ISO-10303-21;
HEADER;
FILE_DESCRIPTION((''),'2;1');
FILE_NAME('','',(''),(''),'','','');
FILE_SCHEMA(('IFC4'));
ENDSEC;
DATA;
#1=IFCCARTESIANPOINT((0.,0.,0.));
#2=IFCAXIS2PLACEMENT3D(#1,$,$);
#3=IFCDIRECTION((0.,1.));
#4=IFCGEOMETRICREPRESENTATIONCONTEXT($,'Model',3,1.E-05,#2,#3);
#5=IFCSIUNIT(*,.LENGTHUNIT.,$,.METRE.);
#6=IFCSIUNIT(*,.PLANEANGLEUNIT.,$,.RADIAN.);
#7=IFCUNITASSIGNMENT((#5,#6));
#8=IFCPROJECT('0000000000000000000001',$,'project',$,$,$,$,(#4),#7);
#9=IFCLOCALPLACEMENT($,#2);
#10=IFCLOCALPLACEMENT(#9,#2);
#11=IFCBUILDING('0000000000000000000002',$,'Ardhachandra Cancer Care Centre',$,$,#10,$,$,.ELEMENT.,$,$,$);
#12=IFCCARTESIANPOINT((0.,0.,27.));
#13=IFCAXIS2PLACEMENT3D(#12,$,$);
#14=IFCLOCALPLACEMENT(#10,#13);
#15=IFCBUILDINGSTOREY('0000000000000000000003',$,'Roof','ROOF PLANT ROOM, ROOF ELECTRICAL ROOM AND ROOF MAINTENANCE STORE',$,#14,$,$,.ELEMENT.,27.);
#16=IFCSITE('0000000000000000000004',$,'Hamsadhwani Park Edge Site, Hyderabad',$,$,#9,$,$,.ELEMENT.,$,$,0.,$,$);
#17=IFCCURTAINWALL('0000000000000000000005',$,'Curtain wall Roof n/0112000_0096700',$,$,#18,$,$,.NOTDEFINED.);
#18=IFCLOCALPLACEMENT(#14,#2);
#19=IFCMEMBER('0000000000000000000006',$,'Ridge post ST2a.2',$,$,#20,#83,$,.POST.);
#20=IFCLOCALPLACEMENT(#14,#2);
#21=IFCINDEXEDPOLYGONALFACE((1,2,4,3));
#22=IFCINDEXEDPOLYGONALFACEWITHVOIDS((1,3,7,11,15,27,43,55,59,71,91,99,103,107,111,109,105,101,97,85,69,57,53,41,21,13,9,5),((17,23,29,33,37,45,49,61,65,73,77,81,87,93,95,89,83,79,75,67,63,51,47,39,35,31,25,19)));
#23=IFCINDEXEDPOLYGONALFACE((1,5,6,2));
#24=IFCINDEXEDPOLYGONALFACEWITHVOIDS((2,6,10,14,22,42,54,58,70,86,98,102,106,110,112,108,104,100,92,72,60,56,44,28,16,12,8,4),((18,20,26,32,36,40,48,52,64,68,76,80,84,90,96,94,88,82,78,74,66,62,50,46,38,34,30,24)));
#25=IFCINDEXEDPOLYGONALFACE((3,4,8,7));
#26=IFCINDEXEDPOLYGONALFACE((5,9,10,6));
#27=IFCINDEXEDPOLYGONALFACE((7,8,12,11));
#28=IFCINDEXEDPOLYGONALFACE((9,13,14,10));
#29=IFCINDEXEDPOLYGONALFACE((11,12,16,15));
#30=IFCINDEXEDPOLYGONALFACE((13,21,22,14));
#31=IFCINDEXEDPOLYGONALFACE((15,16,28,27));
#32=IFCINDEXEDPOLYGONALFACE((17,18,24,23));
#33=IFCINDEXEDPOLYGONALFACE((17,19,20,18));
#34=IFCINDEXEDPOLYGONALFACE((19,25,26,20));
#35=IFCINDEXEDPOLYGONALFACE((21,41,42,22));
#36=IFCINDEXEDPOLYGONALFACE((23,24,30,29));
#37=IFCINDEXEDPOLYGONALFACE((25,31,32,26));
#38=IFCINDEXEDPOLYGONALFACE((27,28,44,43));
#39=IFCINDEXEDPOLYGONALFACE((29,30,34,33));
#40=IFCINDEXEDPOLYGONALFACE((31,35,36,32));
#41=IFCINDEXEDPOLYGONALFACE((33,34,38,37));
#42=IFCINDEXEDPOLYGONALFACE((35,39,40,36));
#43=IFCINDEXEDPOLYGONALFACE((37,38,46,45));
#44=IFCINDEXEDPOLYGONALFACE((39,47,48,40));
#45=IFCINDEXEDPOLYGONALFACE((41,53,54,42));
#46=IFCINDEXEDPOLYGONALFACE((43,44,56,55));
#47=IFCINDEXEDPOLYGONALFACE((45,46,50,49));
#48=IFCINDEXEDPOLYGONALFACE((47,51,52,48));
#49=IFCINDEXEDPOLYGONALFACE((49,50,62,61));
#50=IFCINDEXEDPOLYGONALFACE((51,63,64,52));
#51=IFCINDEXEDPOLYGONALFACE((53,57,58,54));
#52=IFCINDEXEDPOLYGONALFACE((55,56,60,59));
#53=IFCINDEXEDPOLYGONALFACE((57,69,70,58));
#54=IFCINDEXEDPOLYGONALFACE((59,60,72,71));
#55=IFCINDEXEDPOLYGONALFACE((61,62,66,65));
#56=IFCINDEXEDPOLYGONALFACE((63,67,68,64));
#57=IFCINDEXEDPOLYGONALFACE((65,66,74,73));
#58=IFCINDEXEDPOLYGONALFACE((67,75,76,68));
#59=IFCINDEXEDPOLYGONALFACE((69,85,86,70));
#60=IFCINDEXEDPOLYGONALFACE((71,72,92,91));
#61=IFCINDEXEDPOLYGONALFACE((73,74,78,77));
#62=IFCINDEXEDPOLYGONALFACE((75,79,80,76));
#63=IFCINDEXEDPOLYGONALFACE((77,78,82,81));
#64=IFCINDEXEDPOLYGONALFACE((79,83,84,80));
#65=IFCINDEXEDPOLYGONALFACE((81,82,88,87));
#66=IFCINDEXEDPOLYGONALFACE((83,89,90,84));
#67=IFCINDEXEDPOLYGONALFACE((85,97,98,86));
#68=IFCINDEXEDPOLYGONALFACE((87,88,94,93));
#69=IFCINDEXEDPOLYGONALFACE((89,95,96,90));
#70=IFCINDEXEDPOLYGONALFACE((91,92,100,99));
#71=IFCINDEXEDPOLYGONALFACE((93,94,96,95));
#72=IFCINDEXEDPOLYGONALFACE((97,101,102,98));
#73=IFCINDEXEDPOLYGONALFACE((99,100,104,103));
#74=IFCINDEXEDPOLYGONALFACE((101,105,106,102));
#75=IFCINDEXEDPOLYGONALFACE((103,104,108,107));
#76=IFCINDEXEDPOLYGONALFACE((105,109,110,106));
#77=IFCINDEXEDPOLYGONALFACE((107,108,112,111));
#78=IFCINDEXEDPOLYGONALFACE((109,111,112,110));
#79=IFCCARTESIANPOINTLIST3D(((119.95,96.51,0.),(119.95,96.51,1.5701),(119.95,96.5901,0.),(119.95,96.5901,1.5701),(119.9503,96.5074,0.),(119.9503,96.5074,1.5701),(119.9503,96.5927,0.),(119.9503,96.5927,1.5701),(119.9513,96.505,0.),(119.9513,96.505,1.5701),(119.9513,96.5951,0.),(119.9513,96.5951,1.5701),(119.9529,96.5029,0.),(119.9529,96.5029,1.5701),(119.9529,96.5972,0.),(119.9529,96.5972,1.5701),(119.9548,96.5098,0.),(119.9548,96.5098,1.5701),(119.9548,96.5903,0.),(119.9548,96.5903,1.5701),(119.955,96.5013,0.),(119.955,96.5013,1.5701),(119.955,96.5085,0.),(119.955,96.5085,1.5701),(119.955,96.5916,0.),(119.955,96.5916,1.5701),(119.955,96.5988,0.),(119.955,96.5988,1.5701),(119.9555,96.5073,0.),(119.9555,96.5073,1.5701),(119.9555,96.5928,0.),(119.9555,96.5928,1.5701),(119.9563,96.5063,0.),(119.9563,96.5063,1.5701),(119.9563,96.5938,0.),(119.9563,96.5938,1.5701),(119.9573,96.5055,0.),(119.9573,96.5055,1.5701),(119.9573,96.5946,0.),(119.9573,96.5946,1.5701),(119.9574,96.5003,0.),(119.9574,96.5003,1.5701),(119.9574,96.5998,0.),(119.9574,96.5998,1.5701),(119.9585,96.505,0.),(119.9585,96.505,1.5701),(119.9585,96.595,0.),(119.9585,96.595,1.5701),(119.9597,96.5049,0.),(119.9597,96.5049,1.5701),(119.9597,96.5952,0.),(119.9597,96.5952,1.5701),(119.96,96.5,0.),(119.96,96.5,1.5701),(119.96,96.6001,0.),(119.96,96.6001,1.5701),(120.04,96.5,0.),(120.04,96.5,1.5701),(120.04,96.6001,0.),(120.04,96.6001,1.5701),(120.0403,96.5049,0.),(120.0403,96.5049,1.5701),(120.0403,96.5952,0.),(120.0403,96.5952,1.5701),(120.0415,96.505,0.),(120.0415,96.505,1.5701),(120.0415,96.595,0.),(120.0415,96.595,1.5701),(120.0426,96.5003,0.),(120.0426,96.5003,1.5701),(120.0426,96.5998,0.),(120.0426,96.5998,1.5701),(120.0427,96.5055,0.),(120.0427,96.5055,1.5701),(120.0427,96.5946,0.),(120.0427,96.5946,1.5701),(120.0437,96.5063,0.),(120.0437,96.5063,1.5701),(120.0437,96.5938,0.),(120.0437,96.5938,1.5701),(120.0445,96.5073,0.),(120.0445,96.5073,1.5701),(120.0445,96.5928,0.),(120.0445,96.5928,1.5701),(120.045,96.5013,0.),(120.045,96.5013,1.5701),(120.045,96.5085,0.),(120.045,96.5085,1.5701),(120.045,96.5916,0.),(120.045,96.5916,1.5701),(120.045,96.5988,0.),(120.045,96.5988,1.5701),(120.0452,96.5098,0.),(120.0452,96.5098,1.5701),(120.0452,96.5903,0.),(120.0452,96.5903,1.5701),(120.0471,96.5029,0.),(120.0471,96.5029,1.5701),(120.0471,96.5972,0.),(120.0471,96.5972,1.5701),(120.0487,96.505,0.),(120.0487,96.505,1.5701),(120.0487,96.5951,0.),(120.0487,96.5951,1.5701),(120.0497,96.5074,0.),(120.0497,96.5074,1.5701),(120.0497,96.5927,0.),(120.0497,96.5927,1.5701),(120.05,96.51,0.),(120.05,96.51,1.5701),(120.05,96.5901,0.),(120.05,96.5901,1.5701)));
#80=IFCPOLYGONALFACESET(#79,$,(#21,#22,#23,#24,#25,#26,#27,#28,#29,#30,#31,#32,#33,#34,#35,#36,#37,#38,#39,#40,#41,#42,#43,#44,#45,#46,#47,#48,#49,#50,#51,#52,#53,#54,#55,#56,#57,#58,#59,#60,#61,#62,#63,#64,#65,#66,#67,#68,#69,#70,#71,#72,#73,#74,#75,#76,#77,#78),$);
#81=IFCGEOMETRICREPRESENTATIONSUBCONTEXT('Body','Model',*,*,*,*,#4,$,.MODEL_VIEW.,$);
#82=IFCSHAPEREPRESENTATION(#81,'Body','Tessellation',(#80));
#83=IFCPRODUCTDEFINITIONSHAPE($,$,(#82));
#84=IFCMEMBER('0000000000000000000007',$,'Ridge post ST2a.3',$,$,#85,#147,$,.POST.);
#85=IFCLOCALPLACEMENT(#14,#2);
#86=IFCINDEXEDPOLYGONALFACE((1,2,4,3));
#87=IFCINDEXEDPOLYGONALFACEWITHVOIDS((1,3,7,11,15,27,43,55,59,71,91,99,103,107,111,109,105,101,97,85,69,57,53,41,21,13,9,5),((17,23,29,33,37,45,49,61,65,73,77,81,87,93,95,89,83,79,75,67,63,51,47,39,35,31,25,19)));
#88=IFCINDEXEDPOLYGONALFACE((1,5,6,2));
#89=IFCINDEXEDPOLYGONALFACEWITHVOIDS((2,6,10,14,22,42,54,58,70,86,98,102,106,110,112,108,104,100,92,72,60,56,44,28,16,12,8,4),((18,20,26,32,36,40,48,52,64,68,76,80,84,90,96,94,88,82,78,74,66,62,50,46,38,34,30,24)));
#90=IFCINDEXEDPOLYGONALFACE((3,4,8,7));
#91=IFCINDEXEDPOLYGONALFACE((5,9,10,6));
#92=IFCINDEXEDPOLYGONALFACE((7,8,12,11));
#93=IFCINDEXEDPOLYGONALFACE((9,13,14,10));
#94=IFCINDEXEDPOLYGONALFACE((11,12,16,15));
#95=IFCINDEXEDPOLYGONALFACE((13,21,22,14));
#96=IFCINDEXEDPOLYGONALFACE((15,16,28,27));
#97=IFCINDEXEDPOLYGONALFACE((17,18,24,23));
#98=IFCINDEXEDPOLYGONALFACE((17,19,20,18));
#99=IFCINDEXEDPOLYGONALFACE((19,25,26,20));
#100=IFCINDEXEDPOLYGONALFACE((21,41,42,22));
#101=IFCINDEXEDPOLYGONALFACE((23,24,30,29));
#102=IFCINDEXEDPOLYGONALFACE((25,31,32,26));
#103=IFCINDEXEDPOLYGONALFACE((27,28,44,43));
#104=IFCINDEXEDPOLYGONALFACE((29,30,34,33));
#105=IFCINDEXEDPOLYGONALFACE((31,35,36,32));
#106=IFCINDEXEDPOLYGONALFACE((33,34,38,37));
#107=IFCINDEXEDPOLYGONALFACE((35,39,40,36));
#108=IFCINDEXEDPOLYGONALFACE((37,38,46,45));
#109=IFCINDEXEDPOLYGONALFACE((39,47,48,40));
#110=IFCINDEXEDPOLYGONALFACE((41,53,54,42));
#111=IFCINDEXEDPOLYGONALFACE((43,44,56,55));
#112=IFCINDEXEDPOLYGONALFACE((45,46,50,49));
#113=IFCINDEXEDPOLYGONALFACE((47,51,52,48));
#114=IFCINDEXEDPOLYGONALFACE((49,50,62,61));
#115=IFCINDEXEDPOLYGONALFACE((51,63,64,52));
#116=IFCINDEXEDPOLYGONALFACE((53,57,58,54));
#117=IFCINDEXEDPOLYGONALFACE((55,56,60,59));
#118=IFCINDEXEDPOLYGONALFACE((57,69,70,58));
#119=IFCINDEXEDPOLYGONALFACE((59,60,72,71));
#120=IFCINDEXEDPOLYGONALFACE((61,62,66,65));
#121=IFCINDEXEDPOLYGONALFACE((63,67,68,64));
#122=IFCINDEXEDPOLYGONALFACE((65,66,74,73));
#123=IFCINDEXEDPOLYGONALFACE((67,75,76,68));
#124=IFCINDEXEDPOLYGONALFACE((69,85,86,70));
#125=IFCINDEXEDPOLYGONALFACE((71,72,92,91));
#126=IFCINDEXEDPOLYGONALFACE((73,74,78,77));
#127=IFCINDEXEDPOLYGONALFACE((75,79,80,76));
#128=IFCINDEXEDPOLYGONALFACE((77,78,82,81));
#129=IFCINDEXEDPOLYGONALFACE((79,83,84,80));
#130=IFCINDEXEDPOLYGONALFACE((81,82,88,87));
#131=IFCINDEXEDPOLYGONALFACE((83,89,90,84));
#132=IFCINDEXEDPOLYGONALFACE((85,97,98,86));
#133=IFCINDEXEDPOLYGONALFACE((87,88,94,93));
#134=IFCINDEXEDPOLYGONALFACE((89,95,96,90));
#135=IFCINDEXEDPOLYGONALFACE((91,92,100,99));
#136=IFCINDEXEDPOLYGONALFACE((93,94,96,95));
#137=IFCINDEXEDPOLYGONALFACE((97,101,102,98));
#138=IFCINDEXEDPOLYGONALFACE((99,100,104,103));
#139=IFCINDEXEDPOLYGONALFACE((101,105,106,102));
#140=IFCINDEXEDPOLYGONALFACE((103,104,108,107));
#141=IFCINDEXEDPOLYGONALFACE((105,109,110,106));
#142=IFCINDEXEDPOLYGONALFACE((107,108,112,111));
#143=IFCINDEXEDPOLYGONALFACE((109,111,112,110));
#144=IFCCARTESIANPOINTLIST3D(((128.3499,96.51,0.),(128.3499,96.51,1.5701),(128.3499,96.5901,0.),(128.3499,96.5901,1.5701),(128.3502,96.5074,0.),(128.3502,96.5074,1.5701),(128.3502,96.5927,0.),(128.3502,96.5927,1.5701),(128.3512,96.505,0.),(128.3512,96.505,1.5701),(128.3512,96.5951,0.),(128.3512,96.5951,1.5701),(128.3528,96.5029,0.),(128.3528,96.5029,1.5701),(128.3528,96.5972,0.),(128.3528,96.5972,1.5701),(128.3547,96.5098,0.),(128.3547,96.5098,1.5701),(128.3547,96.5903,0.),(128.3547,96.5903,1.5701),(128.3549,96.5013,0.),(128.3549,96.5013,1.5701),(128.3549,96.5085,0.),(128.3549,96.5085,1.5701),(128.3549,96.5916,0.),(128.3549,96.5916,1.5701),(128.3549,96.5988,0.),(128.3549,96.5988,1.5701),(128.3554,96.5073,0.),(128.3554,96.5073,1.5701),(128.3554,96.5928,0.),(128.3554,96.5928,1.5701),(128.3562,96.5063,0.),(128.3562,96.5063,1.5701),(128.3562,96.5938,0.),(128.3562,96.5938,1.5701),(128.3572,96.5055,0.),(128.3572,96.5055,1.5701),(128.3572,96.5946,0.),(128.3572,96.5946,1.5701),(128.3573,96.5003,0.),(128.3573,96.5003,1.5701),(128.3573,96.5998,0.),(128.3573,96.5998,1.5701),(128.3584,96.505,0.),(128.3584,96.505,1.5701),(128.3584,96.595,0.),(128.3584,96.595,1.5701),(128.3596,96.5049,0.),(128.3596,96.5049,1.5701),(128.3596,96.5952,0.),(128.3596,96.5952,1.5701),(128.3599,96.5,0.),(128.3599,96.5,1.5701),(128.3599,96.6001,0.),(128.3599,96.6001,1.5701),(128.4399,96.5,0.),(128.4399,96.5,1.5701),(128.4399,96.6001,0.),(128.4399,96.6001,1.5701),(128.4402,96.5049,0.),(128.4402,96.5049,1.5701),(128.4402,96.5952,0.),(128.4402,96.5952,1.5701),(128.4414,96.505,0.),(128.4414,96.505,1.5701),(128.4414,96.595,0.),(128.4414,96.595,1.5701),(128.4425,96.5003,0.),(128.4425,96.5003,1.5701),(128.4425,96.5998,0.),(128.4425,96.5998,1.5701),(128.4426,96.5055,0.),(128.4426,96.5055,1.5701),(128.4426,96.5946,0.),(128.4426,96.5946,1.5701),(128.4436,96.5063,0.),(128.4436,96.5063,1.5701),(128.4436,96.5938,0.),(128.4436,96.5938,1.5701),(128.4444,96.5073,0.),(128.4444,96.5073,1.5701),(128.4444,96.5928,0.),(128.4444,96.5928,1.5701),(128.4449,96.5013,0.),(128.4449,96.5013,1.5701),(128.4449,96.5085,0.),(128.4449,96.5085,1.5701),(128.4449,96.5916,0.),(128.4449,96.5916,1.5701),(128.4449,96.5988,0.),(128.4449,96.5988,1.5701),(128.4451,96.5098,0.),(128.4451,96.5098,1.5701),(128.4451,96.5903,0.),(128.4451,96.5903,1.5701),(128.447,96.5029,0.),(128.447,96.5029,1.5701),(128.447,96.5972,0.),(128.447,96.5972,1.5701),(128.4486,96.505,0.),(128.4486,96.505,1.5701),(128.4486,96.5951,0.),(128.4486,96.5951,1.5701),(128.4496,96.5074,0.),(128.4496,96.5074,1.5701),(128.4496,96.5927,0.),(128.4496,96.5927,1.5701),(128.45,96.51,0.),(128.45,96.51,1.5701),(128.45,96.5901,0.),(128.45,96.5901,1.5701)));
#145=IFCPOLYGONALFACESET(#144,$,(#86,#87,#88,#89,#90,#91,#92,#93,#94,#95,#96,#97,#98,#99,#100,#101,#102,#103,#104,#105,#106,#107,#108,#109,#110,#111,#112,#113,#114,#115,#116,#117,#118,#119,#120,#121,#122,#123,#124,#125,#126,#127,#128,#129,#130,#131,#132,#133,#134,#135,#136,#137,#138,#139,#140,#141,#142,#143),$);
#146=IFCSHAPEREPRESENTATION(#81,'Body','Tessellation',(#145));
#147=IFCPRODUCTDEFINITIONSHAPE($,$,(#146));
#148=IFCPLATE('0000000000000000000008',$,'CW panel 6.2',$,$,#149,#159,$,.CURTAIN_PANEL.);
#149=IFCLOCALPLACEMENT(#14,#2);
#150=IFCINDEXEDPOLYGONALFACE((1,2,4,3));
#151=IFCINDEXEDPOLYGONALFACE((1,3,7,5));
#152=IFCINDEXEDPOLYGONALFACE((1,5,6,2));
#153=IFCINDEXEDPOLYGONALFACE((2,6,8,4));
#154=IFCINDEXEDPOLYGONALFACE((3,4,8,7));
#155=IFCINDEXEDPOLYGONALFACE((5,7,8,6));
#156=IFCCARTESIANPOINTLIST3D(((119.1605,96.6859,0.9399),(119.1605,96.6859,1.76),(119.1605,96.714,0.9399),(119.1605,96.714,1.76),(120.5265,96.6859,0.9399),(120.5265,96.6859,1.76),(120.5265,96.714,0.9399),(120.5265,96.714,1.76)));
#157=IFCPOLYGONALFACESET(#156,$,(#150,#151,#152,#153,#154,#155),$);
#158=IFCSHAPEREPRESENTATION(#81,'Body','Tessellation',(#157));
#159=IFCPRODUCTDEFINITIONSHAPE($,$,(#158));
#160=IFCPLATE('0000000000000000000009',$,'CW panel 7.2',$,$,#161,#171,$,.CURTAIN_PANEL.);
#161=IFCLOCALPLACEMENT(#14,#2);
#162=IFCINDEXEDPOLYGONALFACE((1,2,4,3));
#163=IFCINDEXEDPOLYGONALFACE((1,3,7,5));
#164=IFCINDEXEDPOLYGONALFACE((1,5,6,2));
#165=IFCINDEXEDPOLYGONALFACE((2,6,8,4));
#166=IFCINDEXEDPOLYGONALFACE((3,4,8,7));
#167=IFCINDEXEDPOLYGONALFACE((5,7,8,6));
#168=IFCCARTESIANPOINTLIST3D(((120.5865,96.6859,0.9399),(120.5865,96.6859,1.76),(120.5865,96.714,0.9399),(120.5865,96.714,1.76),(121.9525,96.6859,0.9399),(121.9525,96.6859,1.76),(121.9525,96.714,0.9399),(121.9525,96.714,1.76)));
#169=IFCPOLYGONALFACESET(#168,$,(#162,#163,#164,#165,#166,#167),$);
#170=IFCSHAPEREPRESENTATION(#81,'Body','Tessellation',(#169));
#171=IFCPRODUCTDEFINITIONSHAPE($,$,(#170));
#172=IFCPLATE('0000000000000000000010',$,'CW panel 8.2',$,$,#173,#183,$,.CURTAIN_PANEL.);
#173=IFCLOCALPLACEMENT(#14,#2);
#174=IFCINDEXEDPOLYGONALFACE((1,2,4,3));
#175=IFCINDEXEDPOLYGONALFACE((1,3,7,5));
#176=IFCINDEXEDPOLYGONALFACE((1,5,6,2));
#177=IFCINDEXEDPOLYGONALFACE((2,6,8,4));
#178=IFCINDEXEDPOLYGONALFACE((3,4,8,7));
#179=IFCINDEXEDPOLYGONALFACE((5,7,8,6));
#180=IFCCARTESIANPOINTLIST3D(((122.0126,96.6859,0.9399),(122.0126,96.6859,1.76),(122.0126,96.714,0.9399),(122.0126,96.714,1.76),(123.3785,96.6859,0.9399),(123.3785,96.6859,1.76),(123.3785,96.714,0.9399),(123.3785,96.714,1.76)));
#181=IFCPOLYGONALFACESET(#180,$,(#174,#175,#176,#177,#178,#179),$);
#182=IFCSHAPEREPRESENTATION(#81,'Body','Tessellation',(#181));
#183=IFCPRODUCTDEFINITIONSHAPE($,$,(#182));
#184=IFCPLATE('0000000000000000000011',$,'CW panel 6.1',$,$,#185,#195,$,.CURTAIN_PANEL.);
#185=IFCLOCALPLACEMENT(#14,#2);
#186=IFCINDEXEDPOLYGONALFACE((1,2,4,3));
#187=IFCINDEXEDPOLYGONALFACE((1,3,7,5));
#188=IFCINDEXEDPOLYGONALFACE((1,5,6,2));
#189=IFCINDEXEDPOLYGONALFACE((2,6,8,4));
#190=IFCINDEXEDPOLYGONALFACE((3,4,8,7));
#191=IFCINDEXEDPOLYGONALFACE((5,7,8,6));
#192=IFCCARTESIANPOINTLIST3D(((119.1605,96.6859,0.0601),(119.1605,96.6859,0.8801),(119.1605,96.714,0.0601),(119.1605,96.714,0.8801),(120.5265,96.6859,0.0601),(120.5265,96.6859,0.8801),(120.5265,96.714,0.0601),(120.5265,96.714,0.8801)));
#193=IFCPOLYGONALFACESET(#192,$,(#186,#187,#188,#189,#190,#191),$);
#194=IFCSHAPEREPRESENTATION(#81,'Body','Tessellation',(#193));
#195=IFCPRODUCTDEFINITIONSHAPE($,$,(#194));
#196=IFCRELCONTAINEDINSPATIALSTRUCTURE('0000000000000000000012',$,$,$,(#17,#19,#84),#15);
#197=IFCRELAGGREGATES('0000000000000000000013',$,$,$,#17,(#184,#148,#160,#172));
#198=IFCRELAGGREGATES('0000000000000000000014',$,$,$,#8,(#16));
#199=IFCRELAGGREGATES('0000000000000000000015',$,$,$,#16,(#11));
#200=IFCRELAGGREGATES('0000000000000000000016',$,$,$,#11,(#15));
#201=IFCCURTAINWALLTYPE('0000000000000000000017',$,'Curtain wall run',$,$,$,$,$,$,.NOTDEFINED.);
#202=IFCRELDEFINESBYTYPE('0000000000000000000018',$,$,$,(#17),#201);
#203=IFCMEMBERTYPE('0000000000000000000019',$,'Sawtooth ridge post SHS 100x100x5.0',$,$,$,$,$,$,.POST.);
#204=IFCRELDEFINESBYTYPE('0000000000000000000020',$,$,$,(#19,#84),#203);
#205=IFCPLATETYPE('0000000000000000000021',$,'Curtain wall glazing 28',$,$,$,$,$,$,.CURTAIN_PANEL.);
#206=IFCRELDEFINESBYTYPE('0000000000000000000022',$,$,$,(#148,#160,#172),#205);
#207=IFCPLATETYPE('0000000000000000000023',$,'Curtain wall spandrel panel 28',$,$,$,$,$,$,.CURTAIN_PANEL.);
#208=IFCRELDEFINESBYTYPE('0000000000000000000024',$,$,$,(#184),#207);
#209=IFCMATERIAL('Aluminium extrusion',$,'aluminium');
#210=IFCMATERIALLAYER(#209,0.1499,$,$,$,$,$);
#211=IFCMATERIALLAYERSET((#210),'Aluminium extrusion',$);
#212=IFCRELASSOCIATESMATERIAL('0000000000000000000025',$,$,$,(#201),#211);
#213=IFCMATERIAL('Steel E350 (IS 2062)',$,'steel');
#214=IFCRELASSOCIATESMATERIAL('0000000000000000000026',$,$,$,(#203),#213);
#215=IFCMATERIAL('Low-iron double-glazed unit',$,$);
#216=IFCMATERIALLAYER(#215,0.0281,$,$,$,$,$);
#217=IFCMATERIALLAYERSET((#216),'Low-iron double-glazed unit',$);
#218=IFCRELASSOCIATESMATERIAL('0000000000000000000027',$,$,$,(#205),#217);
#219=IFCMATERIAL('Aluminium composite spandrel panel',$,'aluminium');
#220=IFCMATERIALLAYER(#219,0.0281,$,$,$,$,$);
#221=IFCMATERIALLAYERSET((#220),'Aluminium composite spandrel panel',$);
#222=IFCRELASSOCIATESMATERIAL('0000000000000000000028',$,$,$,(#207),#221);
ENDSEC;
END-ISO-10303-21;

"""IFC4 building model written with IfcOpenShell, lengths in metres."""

from ifc_helpers import new_model, si_unit, direction, frame, origin, origin_2d, place, context, subcontext, project, spatial, rectangle, hollow_rectangle, extrude, material, layer, layer_set, material_profile, profile_set, type_object, element, aggregate, save


model = new_model("IFC4")

# Units and contexts
model_context = context("Model", 3, precision=1e-05, world=origin(), true_north=direction((0.0, 1.0)))
body_context = subcontext(model_context, "Body", "Model", "MODEL_VIEW")
ifc_project = project(units=[si_unit("LENGTHUNIT", "METRE"), si_unit("PLANEANGLEUNIT", "RADIAN")], contexts=[model_context])

# Site, building, storey
site_placement = place(None, origin())
site = spatial("IfcSite", under=ifc_project, at=site_placement, Name="Hamsadhwani Park Edge Site, Hyderabad", CompositionType="ELEMENT", RefElevation=0.0)
building_placement = place(site_placement, origin())
building = spatial("IfcBuilding", under=site, at=building_placement, Name="Ardhachandra Cancer Care Centre", CompositionType="ELEMENT")
storey_placement = place(building_placement, frame((0.0, 0.0, 27.0)))
storey = spatial("IfcBuildingStorey", under=building, at=storey_placement, Name="Roof", Description="ROOF PLANT ROOM, ROOF ELECTRICAL ROOM AND ROOF MAINTENANCE STORE", CompositionType="ELEMENT", Elevation=27.0)

# Curtain wall
ifc_material_1 = material(Name="Aluminium extrusion", Category="aluminium")
ifc_layer_1 = layer(ifc_material_1, 0.1499)
ifc_layer_set_1 = layer_set([ifc_layer_1], Name="Aluminium extrusion")
curtain_wall_type = type_object("IfcCurtainWallType", Name="Curtain wall run", PredefinedType="NOTDEFINED", material=ifc_layer_set_1)
curtain_wall_placement = place(storey_placement, origin())
curtain_wall = element("IfcCurtainWall", 1, at=curtain_wall_placement, inside=storey, type_object=curtain_wall_type, Name="Curtain wall Roof n/0112000_0096700", PredefinedType="NOTDEFINED")

# Members
ifc_material_2 = material(Name="Steel E350 (IS 2062)", Category="steel")
ifc_material_profile_1 = material_profile(ifc_material_2, hollow_rectangle(XDim=0.1001, YDim=0.1001, WallThickness=0.0049, InnerFilletRadius=0.0049, OuterFilletRadius=0.01, at=origin_2d()), Name="SHS 100x100x5.0")
ifc_profile_set_1 = profile_set([ifc_material_profile_1], Name="Steel E350 (IS 2062)")
member_type_1 = type_object("IfcMemberType", Name="Sawtooth ridge post SHS 100x100x5.0", PredefinedType="POST", material=ifc_profile_set_1)
for number, where, z_axis, x_axis, name in (
    (2, (120.0, 96.55, 0.0), (0.0, 0.0, 1.0), (1.0, 0.0, 0.0), "Ridge post ST2a.2"),
    (3, (128.3999, 96.55, 0.0), (0.0, 0.0, 1.0), (1.0, 0.0, 0.0), "Ridge post ST2a.3"),
):
    element("IfcMember", number, at=place(storey_placement, frame(where, z_axis=z_axis, x_axis=x_axis)), inside=storey, type_object=member_type_1, Name=name, PredefinedType="POST", context=body_context, shape_type="SweptSolid", body=[
        extrude(hollow_rectangle(XDim=0.1001, YDim=0.1001, WallThickness=0.0049, InnerFilletRadius=0.0049, OuterFilletRadius=0.01, at=origin_2d()), origin(), (0.0, 0.0, 1.0), 1.5701),
    ])

# Plates
ifc_material_3 = material(Name="Low-iron double-glazed unit")
ifc_layer_2 = layer(ifc_material_3, 0.0281)
ifc_layer_set_2 = layer_set([ifc_layer_2], Name="Low-iron double-glazed unit")
plate_type_1 = type_object("IfcPlateType", Name="Curtain wall glazing 28", PredefinedType="CURTAIN_PANEL", material=ifc_layer_set_2)
plate_1_placement = place(storey_placement, frame((119.8435, 96.7, 0.9399), z_axis=(0.0, 0.0, 1.0), x_axis=(1.0, 0.0, 0.0)))
plate_1 = element("IfcPlate", 4, at=plate_1_placement, type_object=plate_type_1, Name="CW panel 6.2", PredefinedType="CURTAIN_PANEL", context=body_context, shape_type="SweptSolid", body=[
    extrude(rectangle(XDim=1.366, YDim=0.0281, at=origin_2d()), origin(), (0.0, 0.0, 1.0), 0.8201),
])
plate_2_placement = place(storey_placement, frame((121.2695, 96.7, 0.9399), z_axis=(0.0, 0.0, 1.0), x_axis=(1.0, 0.0, 0.0)))
plate_2 = element("IfcPlate", 5, at=plate_2_placement, type_object=plate_type_1, Name="CW panel 7.2", PredefinedType="CURTAIN_PANEL", context=body_context, shape_type="SweptSolid", body=[
    extrude(rectangle(XDim=1.366, YDim=0.0281, at=origin_2d()), origin(), (0.0, 0.0, 1.0), 0.8201),
])
plate_3_placement = place(storey_placement, frame((122.6956, 96.7, 0.9399), z_axis=(0.0, 0.0, 1.0), x_axis=(1.0, 0.0, 0.0)))
plate_3 = element("IfcPlate", 6, at=plate_3_placement, type_object=plate_type_1, Name="CW panel 8.2", PredefinedType="CURTAIN_PANEL", context=body_context, shape_type="SweptSolid", body=[
    extrude(rectangle(XDim=1.366, YDim=0.0281, at=origin_2d()), origin(), (0.0, 0.0, 1.0), 0.8201),
])
ifc_material_4 = material(Name="Aluminium composite spandrel panel", Category="aluminium")
ifc_layer_3 = layer(ifc_material_4, 0.0281)
ifc_layer_set_3 = layer_set([ifc_layer_3], Name="Aluminium composite spandrel panel")
plate_type_2 = type_object("IfcPlateType", Name="Curtain wall spandrel panel 28", PredefinedType="CURTAIN_PANEL", material=ifc_layer_set_3)
plate_4_placement = place(storey_placement, frame((119.8435, 96.7, 0.0601), z_axis=(0.0, 0.0, 1.0), x_axis=(1.0, 0.0, 0.0)))
plate_4 = element("IfcPlate", 7, at=plate_4_placement, type_object=plate_type_2, Name="CW panel 6.1", PredefinedType="CURTAIN_PANEL", context=body_context, shape_type="SweptSolid", body=[
    extrude(rectangle(XDim=1.366, YDim=0.0281, at=origin_2d()), origin(), (0.0, 0.0, 1.0), 0.8201),
])
aggregate(curtain_wall, [plate_4, plate_1, plate_2, plate_3])

save(model, "model.ifc")
